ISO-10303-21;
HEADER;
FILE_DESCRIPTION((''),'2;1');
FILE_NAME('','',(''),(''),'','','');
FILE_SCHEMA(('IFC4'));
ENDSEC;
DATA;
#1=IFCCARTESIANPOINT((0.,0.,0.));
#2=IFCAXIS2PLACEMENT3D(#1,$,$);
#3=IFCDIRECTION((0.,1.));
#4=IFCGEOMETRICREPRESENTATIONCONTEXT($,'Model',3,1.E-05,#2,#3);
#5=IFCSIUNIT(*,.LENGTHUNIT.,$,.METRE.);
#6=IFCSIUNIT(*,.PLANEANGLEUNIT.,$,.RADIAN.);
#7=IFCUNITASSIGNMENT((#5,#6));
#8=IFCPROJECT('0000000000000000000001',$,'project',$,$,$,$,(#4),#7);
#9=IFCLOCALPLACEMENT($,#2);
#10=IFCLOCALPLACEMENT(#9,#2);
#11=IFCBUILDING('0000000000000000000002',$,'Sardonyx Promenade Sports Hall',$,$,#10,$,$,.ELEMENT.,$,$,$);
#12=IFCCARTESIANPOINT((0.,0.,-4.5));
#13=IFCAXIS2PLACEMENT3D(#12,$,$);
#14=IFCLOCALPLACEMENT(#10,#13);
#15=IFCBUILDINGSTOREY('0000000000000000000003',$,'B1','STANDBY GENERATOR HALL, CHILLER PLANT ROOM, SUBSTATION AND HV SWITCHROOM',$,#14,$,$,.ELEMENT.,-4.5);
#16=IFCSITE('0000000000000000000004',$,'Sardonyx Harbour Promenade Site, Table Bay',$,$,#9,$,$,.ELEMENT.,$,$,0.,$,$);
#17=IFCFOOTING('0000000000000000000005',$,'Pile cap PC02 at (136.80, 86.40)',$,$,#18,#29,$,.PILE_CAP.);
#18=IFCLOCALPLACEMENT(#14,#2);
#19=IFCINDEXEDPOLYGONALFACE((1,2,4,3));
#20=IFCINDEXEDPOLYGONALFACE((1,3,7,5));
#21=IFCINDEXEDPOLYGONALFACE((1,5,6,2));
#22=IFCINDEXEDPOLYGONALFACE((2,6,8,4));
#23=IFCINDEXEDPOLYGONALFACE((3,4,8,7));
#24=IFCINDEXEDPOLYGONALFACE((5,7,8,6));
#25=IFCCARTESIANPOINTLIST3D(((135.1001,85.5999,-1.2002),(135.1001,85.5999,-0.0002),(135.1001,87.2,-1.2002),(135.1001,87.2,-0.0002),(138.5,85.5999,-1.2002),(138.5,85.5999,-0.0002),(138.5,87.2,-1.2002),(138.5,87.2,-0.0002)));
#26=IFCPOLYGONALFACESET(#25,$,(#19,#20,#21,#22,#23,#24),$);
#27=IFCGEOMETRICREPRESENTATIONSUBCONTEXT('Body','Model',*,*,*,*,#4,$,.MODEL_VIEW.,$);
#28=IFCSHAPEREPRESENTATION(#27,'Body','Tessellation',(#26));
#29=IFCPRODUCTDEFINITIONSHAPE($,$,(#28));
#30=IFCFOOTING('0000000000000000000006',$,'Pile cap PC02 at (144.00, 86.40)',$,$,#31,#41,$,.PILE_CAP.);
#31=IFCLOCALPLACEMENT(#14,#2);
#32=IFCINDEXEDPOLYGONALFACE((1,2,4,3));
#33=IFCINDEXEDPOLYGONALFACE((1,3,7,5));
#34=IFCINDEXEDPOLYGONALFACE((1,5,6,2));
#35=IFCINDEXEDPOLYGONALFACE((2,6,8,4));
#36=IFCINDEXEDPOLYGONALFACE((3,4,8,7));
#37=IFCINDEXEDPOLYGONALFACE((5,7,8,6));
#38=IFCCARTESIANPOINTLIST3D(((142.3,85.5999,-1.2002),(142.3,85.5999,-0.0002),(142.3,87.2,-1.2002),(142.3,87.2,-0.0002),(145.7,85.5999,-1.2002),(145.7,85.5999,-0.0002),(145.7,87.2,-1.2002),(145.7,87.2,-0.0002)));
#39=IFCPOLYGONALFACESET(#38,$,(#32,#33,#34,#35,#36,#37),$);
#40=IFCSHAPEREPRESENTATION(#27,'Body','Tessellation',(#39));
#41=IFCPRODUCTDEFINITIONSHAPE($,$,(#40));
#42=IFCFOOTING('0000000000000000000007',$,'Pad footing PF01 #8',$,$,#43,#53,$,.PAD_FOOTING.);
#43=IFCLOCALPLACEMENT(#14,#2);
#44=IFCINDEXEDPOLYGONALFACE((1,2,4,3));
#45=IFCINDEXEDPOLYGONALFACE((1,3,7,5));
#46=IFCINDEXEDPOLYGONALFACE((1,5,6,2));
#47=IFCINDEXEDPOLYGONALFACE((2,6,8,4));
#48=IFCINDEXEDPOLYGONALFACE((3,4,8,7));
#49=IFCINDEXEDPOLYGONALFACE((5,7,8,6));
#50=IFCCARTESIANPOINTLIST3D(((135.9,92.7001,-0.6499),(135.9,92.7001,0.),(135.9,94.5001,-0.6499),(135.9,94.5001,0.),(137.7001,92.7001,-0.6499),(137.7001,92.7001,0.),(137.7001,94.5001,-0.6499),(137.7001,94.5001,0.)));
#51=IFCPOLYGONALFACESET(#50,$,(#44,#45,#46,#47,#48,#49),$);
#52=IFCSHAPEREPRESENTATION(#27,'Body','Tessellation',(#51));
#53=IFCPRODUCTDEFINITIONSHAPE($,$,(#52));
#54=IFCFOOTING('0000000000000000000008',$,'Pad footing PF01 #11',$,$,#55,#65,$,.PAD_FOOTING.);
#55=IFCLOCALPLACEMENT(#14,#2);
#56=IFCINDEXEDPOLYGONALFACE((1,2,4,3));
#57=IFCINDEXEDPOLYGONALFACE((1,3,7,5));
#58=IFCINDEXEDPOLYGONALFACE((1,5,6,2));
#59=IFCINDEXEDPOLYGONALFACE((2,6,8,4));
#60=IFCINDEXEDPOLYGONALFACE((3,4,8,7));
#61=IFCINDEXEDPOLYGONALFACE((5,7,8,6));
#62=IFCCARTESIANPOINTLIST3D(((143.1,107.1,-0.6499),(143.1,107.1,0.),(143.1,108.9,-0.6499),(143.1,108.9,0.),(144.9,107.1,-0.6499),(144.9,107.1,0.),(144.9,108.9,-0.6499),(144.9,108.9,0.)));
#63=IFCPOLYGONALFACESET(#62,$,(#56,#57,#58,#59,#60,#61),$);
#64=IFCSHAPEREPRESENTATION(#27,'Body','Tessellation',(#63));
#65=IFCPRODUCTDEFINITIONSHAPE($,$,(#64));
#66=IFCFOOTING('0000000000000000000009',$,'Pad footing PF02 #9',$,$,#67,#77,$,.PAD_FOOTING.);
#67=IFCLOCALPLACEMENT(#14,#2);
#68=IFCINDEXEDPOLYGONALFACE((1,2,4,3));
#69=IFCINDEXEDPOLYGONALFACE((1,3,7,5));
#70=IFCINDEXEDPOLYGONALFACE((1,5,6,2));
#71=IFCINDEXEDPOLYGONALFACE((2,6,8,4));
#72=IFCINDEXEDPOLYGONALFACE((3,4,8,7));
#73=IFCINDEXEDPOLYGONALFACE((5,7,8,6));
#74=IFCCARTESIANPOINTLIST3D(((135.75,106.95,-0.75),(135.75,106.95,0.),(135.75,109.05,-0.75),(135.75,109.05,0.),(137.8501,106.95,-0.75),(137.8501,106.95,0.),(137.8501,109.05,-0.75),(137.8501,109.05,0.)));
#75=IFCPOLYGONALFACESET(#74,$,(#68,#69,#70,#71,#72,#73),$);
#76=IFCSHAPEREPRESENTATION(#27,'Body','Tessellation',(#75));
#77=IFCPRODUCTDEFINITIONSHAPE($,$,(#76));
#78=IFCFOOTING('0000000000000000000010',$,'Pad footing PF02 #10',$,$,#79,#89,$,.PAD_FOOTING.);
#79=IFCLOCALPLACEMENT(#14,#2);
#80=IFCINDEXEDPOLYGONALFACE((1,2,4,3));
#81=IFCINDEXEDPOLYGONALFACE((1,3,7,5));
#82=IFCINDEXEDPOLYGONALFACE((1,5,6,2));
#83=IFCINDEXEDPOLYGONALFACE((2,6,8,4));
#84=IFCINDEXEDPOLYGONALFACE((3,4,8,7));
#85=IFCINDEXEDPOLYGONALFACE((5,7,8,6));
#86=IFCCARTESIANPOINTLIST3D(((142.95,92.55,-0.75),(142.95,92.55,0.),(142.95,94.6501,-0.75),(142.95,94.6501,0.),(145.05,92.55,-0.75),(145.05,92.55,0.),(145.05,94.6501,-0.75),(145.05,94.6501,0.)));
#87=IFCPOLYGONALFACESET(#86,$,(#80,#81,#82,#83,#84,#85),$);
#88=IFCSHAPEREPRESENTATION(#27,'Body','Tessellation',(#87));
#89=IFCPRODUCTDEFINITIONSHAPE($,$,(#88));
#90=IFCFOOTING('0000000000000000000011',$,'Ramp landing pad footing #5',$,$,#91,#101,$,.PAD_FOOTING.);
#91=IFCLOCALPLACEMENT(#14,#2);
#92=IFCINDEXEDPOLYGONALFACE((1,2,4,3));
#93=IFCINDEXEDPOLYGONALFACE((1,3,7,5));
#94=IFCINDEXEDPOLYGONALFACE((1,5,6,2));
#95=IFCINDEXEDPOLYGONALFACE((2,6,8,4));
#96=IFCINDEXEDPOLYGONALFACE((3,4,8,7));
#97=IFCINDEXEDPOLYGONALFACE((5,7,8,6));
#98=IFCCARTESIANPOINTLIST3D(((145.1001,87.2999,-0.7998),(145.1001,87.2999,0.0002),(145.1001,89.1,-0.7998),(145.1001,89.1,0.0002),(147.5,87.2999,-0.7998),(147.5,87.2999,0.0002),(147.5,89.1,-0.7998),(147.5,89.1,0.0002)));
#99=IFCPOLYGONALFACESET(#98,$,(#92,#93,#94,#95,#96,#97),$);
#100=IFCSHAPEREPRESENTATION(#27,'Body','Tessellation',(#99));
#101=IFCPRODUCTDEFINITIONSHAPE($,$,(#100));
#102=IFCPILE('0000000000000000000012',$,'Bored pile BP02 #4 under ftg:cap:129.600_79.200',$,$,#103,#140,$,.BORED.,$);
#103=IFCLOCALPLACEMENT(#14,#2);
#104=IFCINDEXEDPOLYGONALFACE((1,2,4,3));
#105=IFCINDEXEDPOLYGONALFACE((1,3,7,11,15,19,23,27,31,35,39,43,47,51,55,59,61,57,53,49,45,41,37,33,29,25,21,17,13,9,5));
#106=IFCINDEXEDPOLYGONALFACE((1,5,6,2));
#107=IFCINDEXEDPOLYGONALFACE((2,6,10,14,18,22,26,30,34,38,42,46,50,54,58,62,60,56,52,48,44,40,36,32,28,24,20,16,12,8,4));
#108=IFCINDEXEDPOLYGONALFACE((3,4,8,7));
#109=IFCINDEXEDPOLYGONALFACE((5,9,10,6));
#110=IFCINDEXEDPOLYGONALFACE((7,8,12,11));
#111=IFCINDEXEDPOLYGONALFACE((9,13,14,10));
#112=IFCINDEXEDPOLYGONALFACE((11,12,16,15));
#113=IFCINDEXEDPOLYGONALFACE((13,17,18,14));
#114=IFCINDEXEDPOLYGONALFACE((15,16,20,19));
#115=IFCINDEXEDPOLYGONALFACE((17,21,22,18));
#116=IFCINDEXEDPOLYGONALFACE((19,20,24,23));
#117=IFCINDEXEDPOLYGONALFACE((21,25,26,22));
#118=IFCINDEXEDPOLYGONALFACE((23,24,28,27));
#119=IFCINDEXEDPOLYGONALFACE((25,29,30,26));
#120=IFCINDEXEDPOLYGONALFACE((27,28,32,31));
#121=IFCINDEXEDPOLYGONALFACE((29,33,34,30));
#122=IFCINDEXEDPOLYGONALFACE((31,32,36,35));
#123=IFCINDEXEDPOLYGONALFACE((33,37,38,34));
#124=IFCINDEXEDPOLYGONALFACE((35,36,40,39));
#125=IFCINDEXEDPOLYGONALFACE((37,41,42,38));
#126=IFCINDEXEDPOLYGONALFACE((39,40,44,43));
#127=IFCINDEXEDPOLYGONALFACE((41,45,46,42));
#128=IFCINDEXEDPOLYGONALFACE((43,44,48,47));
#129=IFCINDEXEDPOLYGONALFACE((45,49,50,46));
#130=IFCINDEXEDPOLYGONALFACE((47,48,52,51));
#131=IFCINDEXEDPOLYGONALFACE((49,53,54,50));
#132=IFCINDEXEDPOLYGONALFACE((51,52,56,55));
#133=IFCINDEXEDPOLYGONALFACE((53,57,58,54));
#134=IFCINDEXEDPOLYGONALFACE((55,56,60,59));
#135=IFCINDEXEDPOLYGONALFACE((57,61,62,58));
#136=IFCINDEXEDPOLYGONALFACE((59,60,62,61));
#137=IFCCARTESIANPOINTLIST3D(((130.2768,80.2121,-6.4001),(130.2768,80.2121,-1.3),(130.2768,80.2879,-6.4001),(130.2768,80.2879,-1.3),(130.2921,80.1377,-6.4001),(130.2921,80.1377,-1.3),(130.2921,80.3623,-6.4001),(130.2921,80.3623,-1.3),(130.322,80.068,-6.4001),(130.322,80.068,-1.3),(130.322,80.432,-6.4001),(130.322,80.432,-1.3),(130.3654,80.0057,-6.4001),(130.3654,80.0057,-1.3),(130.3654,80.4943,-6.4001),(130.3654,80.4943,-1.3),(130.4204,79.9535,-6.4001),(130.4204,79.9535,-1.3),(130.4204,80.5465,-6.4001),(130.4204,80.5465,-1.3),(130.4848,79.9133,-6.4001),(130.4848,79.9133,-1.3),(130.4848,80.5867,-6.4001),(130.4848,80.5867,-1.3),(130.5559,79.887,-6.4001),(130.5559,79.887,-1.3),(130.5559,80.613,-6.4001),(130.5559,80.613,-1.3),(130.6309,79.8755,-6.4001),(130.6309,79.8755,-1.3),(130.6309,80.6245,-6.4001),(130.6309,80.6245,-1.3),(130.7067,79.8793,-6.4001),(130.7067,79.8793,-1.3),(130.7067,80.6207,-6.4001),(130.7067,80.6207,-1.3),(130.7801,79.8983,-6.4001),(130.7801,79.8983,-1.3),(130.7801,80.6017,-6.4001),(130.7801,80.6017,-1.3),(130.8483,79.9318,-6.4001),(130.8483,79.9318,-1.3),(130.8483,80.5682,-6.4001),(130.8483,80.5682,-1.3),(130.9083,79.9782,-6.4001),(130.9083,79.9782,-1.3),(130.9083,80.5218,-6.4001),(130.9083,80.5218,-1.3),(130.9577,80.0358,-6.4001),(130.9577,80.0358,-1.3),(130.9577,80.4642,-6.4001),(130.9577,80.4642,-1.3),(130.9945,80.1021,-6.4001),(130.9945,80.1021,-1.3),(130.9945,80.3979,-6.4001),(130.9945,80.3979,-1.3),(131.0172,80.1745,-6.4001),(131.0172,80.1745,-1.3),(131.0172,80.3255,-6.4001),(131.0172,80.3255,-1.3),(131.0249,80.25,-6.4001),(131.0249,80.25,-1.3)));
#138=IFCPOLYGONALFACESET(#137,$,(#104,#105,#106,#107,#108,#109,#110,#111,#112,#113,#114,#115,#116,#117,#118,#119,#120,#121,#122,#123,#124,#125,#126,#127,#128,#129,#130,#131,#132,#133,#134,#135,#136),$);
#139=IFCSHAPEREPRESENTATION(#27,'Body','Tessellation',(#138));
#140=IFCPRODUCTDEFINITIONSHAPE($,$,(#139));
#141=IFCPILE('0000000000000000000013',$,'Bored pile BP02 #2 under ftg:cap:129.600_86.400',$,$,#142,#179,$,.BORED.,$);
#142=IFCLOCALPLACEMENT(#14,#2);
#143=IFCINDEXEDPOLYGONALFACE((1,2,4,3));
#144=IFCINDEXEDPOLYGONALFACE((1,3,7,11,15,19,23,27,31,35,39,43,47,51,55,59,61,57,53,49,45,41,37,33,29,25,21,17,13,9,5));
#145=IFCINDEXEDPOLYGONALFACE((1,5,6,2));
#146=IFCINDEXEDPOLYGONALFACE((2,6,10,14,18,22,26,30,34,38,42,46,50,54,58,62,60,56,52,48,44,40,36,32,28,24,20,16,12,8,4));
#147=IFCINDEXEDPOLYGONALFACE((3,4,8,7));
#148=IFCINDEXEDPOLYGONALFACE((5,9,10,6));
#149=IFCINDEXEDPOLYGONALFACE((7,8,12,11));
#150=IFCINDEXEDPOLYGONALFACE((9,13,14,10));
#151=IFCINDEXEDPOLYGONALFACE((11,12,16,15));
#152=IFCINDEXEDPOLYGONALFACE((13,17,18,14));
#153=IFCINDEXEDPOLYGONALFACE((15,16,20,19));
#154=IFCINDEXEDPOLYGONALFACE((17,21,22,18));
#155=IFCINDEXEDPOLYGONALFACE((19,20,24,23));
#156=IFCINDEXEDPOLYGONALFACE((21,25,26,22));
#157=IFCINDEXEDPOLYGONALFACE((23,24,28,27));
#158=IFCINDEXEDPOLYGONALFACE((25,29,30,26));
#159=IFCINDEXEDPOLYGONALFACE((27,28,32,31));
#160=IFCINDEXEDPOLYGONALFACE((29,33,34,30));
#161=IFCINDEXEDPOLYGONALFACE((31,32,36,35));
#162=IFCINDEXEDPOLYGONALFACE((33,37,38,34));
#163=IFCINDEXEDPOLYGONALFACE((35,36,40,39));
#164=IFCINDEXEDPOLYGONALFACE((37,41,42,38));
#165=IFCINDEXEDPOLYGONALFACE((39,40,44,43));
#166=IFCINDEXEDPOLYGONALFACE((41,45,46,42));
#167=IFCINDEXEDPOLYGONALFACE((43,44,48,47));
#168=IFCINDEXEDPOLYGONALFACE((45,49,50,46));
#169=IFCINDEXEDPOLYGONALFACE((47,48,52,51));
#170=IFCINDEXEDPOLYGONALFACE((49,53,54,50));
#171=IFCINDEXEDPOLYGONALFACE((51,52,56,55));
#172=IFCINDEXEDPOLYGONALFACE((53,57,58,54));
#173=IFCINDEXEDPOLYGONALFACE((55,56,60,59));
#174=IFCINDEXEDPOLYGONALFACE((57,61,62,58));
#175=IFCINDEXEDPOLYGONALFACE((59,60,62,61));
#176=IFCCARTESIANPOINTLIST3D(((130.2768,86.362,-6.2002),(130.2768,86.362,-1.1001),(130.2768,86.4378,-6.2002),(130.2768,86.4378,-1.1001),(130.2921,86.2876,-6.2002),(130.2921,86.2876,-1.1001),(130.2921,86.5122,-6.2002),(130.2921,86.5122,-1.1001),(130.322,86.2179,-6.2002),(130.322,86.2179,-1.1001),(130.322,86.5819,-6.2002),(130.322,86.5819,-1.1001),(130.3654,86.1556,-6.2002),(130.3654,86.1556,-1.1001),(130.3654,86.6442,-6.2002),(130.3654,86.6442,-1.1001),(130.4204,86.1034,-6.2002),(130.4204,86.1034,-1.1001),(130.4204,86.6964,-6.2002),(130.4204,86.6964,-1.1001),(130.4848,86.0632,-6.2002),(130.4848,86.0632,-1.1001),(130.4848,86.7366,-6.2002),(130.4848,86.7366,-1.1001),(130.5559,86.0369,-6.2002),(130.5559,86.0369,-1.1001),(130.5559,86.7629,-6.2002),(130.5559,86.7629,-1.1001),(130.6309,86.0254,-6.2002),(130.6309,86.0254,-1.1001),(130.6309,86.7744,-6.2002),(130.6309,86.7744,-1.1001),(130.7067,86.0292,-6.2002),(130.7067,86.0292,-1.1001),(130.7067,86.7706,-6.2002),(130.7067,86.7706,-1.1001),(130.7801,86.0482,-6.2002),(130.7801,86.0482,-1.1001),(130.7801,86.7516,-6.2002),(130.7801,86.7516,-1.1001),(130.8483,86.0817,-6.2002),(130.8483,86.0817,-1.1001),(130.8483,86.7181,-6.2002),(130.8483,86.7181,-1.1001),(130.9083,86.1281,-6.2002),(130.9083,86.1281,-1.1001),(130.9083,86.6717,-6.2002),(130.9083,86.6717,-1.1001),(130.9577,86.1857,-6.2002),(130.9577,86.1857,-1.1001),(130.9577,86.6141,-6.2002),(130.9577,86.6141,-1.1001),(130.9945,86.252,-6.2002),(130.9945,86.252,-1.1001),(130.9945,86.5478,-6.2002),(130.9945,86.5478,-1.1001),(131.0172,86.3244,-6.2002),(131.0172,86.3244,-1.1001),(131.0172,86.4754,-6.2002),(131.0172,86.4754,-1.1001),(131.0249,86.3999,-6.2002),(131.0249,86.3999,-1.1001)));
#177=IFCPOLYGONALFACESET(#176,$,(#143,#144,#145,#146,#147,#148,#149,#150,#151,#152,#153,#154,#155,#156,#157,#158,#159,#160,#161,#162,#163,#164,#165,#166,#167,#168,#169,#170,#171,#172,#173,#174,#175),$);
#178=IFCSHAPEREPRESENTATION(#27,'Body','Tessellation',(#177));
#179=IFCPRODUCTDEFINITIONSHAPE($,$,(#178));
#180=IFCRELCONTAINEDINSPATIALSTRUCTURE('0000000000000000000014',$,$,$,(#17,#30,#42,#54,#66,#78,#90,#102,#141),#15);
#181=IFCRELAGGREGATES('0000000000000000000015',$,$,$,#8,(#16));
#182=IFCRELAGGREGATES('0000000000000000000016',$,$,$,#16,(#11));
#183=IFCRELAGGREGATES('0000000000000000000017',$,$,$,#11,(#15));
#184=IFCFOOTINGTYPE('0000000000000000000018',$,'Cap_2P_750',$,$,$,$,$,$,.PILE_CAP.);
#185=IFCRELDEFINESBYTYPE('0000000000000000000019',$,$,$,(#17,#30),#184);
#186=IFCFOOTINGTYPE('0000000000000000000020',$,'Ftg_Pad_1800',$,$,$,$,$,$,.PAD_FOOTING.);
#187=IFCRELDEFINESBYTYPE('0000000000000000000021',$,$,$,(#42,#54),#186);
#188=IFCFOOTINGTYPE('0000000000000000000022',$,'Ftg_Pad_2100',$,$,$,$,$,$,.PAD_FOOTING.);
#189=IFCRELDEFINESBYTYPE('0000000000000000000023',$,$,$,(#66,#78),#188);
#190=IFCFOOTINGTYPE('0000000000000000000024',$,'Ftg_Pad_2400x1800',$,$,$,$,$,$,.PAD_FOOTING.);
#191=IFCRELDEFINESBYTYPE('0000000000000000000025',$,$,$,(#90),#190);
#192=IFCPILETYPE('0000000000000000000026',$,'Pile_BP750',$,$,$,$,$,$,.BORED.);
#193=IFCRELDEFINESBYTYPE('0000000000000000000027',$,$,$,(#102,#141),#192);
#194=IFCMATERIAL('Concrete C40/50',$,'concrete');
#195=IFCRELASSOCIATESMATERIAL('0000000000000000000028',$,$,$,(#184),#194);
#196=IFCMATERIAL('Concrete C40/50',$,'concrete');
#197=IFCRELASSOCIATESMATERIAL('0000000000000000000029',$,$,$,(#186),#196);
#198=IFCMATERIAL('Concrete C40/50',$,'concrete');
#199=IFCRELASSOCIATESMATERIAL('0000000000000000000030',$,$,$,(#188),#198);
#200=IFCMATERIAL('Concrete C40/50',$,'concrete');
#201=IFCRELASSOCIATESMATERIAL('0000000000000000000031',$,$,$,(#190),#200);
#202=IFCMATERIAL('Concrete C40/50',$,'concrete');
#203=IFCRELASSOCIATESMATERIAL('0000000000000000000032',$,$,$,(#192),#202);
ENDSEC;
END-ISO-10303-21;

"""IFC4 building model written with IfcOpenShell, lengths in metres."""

from ifc_helpers import new_model, si_unit, direction, frame, origin, origin_2d, place, context, subcontext, project, spatial, rectangle, circle, extrude, material, material_profile, profile_set, type_object, element, save


model = new_model("IFC4")

# Units and contexts
model_context = context("Model", 3, precision=1e-05, world=origin(), true_north=direction((0.0, 1.0)))
body_context = subcontext(model_context, "Body", "Model", "MODEL_VIEW")
ifc_project = project(units=[si_unit("LENGTHUNIT", "METRE"), si_unit("PLANEANGLEUNIT", "RADIAN")], contexts=[model_context])

# Site, building, storey
site_placement = place(None, origin())
site = spatial("IfcSite", under=ifc_project, at=site_placement, Name="Sardonyx Harbour Promenade Site, Table Bay", CompositionType="ELEMENT", RefElevation=0.0)
building_placement = place(site_placement, origin())
building = spatial("IfcBuilding", under=site, at=building_placement, Name="Sardonyx Promenade Sports Hall", CompositionType="ELEMENT")
storey_placement = place(building_placement, frame((0.0, 0.0, -4.5)))
storey = spatial("IfcBuildingStorey", under=building, at=storey_placement, Name="B1", Description="STANDBY GENERATOR HALL, CHILLER PLANT ROOM, SUBSTATION AND HV SWITCHROOM", CompositionType="ELEMENT", Elevation=-4.5)

# Footings
ifc_material_1 = material(Name="Concrete C40/50", Category="concrete")
footing_type_1 = type_object("IfcFootingType", Name="Cap_2P_750", PredefinedType="PILE_CAP", material=ifc_material_1)
for number, where, z_axis, x_axis, name in (
    (1, (136.8, 86.3999, -1.2002), (0.0, 0.0, 1.0), (1.0, 0.0, 0.0), "Pile cap PC02 at (136.80, 86.40)"),
    (2, (144.0, 86.3999, -1.2002), (0.0, 0.0, 1.0), (1.0, 0.0, 0.0), "Pile cap PC02 at (144.00, 86.40)"),
):
    element("IfcFooting", number, at=place(storey_placement, frame(where, z_axis=z_axis, x_axis=x_axis)), inside=storey, type_object=footing_type_1, Name=name, PredefinedType="PILE_CAP", context=body_context, shape_type="SweptSolid", body=[
        extrude(rectangle(XDim=3.3999, YDim=1.6001, at=origin_2d()), origin(), (0.0, 0.0, 1.0), 1.2),
    ])
ifc_material_2 = material(Name="Concrete C40/50", Category="concrete")
footing_type_2 = type_object("IfcFootingType", Name="Ftg_Pad_1800", PredefinedType="PAD_FOOTING", material=ifc_material_2)
for number, where, z_axis, x_axis, name in (
    (3, (136.8, 93.6001, -0.6499), (0.0, 0.0, 1.0), (1.0, 0.0, 0.0), "Pad footing PF01 #8"),
    (4, (144.0, 108.0, -0.6499), (0.0, 0.0, 1.0), (1.0, 0.0, 0.0), "Pad footing PF01 #11"),
):
    element("IfcFooting", number, at=place(storey_placement, frame(where, z_axis=z_axis, x_axis=x_axis)), inside=storey, type_object=footing_type_2, Name=name, PredefinedType="PAD_FOOTING", context=body_context, shape_type="SweptSolid", body=[
        extrude(rectangle(XDim=1.8, YDim=1.8, at=origin_2d()), origin(), (0.0, 0.0, 1.0), 0.6499),
    ])
ifc_material_3 = material(Name="Concrete C40/50", Category="concrete")
footing_type_3 = type_object("IfcFootingType", Name="Ftg_Pad_2100", PredefinedType="PAD_FOOTING", material=ifc_material_3)
for number, where, z_axis, x_axis, name in (
    (5, (136.8, 108.0, -0.75), (0.0, 0.0, 1.0), (1.0, 0.0, 0.0), "Pad footing PF02 #9"),
    (6, (144.0, 93.6001, -0.75), (0.0, 0.0, 1.0), (1.0, 0.0, 0.0), "Pad footing PF02 #10"),
):
    element("IfcFooting", number, at=place(storey_placement, frame(where, z_axis=z_axis, x_axis=x_axis)), inside=storey, type_object=footing_type_3, Name=name, PredefinedType="PAD_FOOTING", context=body_context, shape_type="SweptSolid", body=[
        extrude(rectangle(XDim=2.1001, YDim=2.1001, at=origin_2d()), origin(), (0.0, 0.0, 1.0), 0.75),
    ])
ifc_material_4 = material(Name="Concrete C40/50", Category="concrete")
footing_type_4 = type_object("IfcFootingType", Name="Ftg_Pad_2400x1800", PredefinedType="PAD_FOOTING", material=ifc_material_4)
footing_placement = place(storey_placement, frame((146.3, 88.2, -0.7998), z_axis=(0.0, 0.0, 1.0), x_axis=(1.0, 0.0, 0.0)))
element("IfcFooting", 7, at=footing_placement, inside=storey, type_object=footing_type_4, Name="Ramp landing pad footing #5", PredefinedType="PAD_FOOTING", context=body_context, shape_type="SweptSolid", body=[
    extrude(rectangle(XDim=2.3999, YDim=1.8, at=origin_2d()), origin(), (0.0, 0.0, 1.0), 0.8),
])

# Piles
ifc_material_5 = material(Name="Concrete C40/50", Category="concrete")
ifc_material_profile_1 = material_profile(ifc_material_5, circle(Radius=0.375, at=origin_2d()))
ifc_profile_set_1 = profile_set([ifc_material_profile_1], Name="Concrete C40/50")
pile_type_1 = type_object("IfcPileType", Name="Pile_BP750", PredefinedType="BORED", material=ifc_profile_set_1)
for number, where, z_axis, x_axis, name in (
    (8, (130.6499, 80.25, -1.3), (0.0, 0.0, -1.0), (1.0, 0.0, 0.0), "Bored pile BP02 #4 under ftg:cap:129.600_79.200"),
    (9, (130.6499, 86.3999, -1.1001), (0.0, 0.0, -1.0), (1.0, 0.0, 0.0), "Bored pile BP02 #2 under ftg:cap:129.600_86.400"),
):
    element("IfcPile", number, at=place(storey_placement, frame(where, z_axis=z_axis, x_axis=x_axis)), inside=storey, type_object=pile_type_1, Name=name, PredefinedType="BORED", context=body_context, shape_type="SweptSolid", body=[
        extrude(circle(Radius=0.375, at=origin_2d()), origin(), (0.0, 0.0, 1.0), 5.1001),
    ])

save(model, "model.ifc")
